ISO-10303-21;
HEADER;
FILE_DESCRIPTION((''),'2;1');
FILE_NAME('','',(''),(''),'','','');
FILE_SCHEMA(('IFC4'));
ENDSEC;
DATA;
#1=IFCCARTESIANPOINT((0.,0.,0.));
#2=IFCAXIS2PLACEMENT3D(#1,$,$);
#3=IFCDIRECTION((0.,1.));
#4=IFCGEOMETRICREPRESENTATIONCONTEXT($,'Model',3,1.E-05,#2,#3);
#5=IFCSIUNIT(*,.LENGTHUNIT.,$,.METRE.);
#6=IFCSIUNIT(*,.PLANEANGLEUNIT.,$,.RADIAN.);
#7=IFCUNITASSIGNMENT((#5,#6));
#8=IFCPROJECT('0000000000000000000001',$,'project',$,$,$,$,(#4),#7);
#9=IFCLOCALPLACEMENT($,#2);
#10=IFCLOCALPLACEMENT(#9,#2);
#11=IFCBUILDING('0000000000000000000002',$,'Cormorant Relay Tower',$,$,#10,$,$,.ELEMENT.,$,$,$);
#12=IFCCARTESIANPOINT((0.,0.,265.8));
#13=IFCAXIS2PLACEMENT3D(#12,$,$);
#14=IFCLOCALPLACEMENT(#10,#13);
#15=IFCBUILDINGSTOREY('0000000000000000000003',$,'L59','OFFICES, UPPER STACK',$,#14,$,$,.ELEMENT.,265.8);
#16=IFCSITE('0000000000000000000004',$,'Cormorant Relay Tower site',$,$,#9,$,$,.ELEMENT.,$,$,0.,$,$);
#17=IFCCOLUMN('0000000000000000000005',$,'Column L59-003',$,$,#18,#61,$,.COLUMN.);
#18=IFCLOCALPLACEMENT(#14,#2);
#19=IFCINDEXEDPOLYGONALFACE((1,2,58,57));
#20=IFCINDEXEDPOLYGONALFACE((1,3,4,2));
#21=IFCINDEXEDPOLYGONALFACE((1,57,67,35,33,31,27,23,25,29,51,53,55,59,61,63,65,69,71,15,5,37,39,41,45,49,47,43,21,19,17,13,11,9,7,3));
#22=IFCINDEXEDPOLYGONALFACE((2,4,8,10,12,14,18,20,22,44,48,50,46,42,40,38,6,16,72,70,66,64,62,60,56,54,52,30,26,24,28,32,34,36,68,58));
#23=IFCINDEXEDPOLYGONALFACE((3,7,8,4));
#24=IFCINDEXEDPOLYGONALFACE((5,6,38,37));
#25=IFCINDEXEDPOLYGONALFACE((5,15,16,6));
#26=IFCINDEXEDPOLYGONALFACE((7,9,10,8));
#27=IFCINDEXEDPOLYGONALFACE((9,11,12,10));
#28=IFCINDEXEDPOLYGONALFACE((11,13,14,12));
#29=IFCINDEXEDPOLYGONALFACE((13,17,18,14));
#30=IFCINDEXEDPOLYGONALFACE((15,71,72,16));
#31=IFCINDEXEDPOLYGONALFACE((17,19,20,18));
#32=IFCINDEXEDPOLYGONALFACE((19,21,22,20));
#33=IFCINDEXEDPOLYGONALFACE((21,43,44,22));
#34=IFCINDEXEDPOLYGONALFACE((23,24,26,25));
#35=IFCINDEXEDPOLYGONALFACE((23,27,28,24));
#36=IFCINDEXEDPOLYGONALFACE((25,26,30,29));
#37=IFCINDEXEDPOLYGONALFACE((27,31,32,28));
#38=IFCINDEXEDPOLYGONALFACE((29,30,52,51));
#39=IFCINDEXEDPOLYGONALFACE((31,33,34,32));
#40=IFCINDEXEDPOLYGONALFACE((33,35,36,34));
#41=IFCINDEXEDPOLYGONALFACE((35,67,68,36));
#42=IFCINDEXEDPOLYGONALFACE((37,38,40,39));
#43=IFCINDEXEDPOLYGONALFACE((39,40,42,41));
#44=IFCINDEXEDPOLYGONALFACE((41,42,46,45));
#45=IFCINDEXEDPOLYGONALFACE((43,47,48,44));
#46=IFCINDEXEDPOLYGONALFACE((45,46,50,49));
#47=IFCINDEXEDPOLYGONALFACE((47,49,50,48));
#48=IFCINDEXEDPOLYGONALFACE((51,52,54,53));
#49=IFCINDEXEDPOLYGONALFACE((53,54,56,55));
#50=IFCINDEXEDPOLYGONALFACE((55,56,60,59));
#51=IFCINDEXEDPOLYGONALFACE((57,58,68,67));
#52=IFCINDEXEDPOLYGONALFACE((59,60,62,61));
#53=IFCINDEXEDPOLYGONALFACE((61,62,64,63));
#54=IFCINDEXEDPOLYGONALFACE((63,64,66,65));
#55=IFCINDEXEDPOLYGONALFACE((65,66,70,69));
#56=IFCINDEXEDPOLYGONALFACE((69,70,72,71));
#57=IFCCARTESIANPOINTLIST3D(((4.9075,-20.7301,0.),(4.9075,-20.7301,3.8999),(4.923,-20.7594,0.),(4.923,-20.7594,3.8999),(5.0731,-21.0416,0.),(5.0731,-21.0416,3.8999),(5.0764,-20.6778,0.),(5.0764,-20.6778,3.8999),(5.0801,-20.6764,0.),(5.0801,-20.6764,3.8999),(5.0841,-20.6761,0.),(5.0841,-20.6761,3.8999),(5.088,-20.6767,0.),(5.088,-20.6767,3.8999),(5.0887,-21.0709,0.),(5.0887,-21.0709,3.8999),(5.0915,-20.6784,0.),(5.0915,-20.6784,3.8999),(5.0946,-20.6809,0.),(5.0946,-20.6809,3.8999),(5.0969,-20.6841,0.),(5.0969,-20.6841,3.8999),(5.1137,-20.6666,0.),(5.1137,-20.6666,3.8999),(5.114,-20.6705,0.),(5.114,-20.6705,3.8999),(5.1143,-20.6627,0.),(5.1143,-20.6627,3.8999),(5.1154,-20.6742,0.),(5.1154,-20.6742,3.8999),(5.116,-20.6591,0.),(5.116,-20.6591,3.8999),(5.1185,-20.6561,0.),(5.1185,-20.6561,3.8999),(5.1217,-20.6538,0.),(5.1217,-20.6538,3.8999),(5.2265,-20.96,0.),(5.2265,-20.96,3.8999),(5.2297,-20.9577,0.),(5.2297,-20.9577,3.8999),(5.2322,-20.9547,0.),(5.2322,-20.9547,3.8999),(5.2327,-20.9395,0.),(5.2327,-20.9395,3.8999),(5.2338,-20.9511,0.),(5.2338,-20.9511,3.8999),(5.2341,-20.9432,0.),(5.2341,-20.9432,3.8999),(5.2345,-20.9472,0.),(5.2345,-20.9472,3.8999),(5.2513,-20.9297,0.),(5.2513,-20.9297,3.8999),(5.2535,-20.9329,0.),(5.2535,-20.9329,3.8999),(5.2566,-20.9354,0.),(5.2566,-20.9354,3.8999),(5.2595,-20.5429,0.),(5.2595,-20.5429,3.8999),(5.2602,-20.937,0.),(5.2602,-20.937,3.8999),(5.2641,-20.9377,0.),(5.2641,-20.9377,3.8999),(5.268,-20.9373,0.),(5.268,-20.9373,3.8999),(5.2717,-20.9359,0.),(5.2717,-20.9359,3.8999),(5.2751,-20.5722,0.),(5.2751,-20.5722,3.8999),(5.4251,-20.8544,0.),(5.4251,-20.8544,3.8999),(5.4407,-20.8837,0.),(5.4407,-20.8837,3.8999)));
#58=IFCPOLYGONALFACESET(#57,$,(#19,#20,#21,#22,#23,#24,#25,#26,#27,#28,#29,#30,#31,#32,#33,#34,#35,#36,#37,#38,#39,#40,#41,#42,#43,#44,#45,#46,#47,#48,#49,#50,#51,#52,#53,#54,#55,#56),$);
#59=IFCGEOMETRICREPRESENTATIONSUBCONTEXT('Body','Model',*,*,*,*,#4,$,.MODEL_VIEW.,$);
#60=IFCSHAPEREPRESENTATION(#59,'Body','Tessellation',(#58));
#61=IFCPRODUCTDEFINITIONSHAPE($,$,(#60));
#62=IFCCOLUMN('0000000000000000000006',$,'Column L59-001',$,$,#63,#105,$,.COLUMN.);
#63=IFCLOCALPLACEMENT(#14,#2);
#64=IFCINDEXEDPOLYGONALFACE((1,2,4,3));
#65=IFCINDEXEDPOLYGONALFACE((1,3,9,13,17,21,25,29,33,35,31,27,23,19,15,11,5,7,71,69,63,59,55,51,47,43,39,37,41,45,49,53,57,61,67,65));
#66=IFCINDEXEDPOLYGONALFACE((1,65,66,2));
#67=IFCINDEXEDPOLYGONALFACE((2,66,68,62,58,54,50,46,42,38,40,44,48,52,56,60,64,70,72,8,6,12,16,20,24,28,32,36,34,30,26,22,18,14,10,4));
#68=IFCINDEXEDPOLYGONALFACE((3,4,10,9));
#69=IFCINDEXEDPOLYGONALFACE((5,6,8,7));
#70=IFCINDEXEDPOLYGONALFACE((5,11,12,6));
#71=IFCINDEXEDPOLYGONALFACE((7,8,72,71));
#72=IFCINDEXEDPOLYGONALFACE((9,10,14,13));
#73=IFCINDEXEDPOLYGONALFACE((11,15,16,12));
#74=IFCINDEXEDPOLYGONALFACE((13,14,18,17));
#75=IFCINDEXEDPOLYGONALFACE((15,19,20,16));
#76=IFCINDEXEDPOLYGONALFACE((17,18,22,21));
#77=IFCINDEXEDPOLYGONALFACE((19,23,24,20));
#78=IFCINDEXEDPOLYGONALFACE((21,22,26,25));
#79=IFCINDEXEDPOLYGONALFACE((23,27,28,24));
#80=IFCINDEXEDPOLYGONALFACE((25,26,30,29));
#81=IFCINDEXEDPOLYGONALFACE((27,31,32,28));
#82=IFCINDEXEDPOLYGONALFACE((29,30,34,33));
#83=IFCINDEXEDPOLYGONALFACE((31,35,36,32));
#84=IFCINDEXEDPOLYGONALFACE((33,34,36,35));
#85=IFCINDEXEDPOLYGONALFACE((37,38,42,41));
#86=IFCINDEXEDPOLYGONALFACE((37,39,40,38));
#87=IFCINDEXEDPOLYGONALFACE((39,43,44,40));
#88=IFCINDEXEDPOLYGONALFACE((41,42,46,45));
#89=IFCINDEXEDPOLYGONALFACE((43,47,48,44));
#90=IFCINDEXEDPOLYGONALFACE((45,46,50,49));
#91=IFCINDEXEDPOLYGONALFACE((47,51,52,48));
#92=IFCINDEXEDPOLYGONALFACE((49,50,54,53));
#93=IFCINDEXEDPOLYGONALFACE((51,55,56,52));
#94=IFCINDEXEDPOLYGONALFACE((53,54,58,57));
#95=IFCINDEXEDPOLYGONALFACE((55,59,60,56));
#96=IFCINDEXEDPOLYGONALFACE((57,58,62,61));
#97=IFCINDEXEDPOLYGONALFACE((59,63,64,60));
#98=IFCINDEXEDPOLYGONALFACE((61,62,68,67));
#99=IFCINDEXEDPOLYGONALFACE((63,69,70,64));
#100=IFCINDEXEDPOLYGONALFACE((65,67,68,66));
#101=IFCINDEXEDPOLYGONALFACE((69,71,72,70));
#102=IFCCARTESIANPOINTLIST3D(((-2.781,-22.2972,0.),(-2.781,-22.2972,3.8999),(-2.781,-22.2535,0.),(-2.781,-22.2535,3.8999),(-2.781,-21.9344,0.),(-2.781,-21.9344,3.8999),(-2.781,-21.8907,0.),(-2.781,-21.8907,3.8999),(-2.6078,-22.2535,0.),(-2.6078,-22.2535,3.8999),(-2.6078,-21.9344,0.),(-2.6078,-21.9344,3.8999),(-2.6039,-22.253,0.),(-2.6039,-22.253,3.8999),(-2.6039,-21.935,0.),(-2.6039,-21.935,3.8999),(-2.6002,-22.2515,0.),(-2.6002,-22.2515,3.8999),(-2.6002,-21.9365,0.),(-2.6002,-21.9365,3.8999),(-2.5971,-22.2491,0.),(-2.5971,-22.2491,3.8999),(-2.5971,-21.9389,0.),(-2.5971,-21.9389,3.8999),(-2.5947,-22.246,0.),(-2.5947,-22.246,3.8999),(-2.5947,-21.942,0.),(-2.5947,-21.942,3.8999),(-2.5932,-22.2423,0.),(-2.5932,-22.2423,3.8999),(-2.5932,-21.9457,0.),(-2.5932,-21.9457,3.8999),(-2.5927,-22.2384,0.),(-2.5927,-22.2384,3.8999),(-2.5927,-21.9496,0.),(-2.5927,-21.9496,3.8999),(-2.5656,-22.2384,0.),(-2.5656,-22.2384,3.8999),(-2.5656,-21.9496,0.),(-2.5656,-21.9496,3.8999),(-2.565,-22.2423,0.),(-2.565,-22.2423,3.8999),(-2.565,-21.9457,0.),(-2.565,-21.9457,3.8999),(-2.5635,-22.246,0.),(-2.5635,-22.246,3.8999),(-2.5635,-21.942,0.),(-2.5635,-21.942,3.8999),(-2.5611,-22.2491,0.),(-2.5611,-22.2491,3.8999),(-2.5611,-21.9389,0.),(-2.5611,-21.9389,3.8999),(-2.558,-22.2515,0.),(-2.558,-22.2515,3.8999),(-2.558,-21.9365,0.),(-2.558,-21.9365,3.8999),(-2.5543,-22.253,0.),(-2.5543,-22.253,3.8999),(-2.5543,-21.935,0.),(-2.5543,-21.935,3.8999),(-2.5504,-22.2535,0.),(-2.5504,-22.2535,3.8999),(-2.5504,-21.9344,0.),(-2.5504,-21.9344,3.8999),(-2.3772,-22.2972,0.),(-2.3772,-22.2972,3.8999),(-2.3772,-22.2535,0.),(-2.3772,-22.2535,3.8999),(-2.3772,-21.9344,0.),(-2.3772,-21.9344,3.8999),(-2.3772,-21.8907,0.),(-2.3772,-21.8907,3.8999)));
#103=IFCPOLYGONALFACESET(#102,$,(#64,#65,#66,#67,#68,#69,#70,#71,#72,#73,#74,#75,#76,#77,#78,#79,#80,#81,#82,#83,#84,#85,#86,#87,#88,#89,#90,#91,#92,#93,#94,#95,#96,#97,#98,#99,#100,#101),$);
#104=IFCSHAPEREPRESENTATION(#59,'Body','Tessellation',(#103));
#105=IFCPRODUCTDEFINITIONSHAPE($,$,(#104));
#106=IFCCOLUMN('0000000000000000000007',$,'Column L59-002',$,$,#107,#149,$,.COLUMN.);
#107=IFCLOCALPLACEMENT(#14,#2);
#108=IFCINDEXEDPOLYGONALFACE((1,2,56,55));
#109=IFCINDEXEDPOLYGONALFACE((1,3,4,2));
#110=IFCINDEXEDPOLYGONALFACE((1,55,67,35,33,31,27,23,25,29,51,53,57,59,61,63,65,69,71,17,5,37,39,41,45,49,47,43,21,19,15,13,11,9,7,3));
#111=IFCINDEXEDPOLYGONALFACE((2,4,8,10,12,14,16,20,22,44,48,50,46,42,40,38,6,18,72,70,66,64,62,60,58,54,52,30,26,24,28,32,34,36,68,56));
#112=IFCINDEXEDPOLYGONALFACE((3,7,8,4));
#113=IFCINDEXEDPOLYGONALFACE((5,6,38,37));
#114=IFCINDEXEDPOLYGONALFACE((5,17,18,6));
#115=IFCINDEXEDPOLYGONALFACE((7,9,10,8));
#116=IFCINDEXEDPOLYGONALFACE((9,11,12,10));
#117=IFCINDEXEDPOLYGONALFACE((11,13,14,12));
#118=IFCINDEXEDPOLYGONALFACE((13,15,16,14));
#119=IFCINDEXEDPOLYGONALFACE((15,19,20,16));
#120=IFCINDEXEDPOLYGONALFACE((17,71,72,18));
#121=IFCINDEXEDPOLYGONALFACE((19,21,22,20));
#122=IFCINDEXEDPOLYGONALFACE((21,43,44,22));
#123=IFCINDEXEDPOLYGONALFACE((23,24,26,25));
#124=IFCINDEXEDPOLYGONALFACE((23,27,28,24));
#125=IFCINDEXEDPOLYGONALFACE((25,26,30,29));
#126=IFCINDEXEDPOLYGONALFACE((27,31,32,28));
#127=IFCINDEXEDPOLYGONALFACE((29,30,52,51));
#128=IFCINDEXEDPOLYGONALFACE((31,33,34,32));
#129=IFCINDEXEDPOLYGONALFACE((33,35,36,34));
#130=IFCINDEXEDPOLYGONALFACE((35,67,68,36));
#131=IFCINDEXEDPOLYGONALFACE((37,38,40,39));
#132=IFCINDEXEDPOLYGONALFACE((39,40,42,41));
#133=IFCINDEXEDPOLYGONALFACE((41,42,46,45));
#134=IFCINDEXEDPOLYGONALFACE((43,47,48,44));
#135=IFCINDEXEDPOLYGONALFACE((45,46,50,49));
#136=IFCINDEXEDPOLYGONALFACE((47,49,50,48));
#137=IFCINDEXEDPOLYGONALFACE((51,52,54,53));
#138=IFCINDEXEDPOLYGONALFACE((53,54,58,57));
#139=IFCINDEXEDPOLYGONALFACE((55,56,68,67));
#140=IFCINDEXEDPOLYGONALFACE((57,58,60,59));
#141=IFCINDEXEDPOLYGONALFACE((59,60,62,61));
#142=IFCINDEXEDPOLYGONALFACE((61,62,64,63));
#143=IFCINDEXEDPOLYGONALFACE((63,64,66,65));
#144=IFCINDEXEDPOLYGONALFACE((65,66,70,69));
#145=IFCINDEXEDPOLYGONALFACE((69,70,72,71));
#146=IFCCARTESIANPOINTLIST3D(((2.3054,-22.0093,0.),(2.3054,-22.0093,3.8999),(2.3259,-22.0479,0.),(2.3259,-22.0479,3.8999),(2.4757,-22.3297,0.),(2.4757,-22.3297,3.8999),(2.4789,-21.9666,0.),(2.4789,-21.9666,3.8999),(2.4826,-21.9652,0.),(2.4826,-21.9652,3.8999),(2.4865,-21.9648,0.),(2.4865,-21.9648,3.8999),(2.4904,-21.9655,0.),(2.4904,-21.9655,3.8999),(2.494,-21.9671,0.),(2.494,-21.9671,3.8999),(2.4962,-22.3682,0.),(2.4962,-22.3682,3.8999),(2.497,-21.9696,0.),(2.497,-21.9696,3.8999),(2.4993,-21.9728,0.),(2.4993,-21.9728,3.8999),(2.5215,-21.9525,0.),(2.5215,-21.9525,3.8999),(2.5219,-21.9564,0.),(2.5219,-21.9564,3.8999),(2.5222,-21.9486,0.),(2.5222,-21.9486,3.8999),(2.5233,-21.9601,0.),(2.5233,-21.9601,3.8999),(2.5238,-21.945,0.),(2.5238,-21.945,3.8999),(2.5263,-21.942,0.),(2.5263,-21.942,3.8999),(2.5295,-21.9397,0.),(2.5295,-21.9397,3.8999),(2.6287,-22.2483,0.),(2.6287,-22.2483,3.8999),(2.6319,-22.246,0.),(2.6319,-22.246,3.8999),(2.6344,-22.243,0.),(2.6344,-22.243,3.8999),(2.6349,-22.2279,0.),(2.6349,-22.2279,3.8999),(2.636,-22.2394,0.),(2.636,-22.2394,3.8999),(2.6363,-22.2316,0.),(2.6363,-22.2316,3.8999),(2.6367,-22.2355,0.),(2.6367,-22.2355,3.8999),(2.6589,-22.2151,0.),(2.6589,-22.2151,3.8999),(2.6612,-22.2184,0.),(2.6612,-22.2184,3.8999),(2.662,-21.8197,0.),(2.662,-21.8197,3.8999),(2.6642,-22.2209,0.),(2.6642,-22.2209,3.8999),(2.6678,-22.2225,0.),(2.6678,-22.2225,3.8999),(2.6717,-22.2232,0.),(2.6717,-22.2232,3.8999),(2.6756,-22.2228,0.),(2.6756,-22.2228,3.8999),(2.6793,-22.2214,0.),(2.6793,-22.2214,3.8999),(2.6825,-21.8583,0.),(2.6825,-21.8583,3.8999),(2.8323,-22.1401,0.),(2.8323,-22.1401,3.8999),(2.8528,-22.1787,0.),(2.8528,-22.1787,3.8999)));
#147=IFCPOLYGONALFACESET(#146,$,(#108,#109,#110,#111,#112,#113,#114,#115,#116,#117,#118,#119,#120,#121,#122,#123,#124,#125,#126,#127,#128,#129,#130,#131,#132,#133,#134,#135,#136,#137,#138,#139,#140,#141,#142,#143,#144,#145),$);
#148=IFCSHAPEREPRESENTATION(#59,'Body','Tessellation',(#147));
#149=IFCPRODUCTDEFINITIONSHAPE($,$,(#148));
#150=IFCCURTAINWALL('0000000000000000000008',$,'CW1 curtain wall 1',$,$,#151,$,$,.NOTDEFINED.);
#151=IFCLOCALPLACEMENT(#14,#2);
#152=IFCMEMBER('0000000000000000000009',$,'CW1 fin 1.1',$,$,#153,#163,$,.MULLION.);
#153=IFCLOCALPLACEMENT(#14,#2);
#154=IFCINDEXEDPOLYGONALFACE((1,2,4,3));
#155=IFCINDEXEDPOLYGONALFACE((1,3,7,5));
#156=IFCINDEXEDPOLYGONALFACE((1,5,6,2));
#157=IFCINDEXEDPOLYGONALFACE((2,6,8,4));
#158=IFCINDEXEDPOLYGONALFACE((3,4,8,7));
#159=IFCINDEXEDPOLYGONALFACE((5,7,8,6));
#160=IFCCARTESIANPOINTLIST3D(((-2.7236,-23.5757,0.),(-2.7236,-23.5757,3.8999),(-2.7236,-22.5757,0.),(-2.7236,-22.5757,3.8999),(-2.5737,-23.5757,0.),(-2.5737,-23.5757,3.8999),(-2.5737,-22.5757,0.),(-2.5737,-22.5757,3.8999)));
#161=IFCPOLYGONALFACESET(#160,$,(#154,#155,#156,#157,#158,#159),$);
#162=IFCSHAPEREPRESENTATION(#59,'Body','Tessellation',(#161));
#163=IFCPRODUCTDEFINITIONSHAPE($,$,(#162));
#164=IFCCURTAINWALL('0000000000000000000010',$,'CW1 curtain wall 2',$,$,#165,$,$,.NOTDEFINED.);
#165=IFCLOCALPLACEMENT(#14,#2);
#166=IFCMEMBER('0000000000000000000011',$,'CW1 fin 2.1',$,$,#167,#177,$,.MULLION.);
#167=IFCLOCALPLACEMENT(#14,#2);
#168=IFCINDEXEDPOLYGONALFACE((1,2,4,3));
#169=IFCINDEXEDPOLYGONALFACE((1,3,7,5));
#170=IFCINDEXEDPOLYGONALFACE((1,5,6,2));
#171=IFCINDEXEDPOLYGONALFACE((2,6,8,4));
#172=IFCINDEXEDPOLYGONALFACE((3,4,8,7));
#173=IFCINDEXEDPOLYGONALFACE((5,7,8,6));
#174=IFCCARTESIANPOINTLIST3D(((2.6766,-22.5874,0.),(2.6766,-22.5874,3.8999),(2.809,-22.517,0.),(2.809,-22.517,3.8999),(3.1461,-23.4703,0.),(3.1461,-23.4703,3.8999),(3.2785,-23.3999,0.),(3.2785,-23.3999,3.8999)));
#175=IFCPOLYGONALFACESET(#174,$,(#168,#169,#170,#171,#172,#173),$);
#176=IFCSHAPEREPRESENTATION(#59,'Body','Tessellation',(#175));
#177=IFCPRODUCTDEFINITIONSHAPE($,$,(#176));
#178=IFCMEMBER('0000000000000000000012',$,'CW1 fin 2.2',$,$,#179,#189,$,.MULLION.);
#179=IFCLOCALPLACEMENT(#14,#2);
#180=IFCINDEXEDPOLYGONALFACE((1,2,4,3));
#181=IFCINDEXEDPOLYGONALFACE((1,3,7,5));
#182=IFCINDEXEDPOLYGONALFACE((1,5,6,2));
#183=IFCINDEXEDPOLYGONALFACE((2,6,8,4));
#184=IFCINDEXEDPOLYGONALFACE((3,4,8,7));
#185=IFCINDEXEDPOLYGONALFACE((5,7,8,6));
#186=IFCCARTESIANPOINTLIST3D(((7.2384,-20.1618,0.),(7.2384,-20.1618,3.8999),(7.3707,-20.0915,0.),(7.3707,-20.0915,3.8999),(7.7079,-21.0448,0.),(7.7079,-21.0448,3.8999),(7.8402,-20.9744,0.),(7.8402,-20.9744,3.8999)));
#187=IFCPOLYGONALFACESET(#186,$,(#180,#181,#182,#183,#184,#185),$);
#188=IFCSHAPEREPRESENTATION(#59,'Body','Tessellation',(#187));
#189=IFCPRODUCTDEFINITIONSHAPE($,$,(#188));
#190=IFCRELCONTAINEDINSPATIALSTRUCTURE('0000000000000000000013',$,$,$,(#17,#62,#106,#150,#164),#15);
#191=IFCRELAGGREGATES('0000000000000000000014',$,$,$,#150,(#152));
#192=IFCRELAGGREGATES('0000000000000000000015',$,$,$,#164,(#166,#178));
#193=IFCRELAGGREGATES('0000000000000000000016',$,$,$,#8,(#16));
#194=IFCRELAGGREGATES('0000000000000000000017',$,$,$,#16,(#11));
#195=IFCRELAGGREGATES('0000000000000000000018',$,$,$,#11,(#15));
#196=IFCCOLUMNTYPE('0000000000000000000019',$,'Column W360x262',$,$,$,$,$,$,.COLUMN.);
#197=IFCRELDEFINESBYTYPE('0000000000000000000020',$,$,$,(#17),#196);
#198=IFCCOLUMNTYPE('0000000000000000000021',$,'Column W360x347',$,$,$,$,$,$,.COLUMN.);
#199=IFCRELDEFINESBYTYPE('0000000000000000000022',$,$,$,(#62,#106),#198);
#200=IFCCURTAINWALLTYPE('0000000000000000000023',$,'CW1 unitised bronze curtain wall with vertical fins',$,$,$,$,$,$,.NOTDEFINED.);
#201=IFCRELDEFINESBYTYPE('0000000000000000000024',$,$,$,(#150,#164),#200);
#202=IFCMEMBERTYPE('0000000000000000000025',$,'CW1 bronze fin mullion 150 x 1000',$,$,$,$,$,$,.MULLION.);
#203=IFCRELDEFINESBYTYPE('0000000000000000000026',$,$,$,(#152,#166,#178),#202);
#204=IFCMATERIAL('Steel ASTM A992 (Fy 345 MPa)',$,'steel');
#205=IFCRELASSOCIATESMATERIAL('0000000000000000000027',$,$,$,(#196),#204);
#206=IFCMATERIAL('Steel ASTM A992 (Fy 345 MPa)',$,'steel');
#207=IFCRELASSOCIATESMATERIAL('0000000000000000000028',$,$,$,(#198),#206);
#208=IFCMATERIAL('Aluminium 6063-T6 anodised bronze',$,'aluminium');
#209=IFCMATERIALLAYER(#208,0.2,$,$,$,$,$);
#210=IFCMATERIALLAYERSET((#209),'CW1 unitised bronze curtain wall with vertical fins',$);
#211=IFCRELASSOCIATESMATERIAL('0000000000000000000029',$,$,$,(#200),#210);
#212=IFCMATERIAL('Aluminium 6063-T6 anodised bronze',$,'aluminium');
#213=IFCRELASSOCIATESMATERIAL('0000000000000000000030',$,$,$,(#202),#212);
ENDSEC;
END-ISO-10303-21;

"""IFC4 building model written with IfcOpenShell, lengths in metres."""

from ifc_helpers import new_model, si_unit, direction, frame, origin, origin_2d, place, context, subcontext, project, spatial, rectangle, i_section, extrude, material, layer, layer_set, material_profile, profile_set, type_object, element, aggregate, save


model = new_model("IFC4")

# Units and contexts
model_context = context("Model", 3, precision=1e-05, world=origin(), true_north=direction((0.0, 1.0)))
body_context = subcontext(model_context, "Body", "Model", "MODEL_VIEW")
ifc_project = project(units=[si_unit("LENGTHUNIT", "METRE"), si_unit("PLANEANGLEUNIT", "RADIAN")], contexts=[model_context])

# Site, building, storey
site_placement = place(None, origin())
site = spatial("IfcSite", under=ifc_project, at=site_placement, Name="Cormorant Relay Tower site", CompositionType="ELEMENT", RefElevation=0.0)
building_placement = place(site_placement, origin())
building = spatial("IfcBuilding", under=site, at=building_placement, Name="Cormorant Relay Tower", CompositionType="ELEMENT")
storey_placement = place(building_placement, frame((0.0, 0.0, 265.8)))
storey = spatial("IfcBuildingStorey", under=building, at=storey_placement, Name="L59", Description="OFFICES, UPPER STACK", CompositionType="ELEMENT", Elevation=265.8)

# Columns
ifc_material_1 = material(Name="Steel ASTM A992 (Fy 345 MPa)", Category="steel")
ifc_material_profile_1 = material_profile(ifc_material_1, i_section(OverallWidth=0.3987, OverallDepth=0.386, WebThickness=0.021, FlangeThickness=0.0332, FilletRadius=0.0151, at=origin_2d()), Name="W360x262")
ifc_profile_set_1 = profile_set([ifc_material_profile_1], Name="Steel ASTM A992 (Fy 345 MPa)")
column_type_1 = type_object("IfcColumnType", Name="Column W360x262", PredefinedType="COLUMN", material=ifc_profile_set_1)
column_placement = place(storey_placement, frame((5.1741, -20.8069, 0.0), z_axis=(0.0, 0.0, 1.0), x_axis=(0.882948, 0.469472, 0.0)))
element("IfcColumn", 1, at=column_placement, inside=storey, type_object=column_type_1, Name="Column L59-003", PredefinedType="COLUMN", context=body_context, shape_type="SweptSolid", body=[
    extrude(i_section(OverallWidth=0.3987, OverallDepth=0.386, WebThickness=0.021, FlangeThickness=0.0332, FilletRadius=0.0151, at=origin_2d()), origin(), (0.0, 0.0, 1.0), 3.8999),
])
ifc_material_2 = material(Name="Steel ASTM A992 (Fy 345 MPa)", Category="steel")
ifc_material_profile_2 = material_profile(ifc_material_2, i_section(OverallWidth=0.4038, OverallDepth=0.4065, WebThickness=0.0271, FlangeThickness=0.0437, FilletRadius=0.0151, at=origin_2d()), Name="W360x347")
ifc_profile_set_2 = profile_set([ifc_material_profile_2], Name="Steel ASTM A992 (Fy 345 MPa)")
column_type_2 = type_object("IfcColumnType", Name="Column W360x347", PredefinedType="COLUMN", material=ifc_profile_set_2)
for number, where, z_axis, x_axis, name in (
    (2, (-2.5791, -22.094, 0.0), (0.0, 0.0, 1.0), (1.0, 0.0, 0.0), "Column L59-001"),
    (3, (2.5791, -22.094, 0.0), (0.0, 0.0, 1.0), (0.882948, 0.469472, 0.0), "Column L59-002"),
):
    element("IfcColumn", number, at=place(storey_placement, frame(where, z_axis=z_axis, x_axis=x_axis)), inside=storey, type_object=column_type_2, Name=name, PredefinedType="COLUMN", context=body_context, shape_type="SweptSolid", body=[
        extrude(i_section(OverallWidth=0.4038, OverallDepth=0.4065, WebThickness=0.0271, FlangeThickness=0.0437, FilletRadius=0.0151, at=origin_2d()), origin(), (0.0, 0.0, 1.0), 3.8999),
    ])

# Curtain wall, member
ifc_material_3 = material(Name="Aluminium 6063-T6 anodised bronze", Category="aluminium")
ifc_layer_1 = layer(ifc_material_3, 0.2)
ifc_layer_set_1 = layer_set([ifc_layer_1], Name="CW1 unitised bronze curtain wall with vertical fins")
curtain_wall_type = type_object("IfcCurtainWallType", Name="CW1 unitised bronze curtain wall with vertical fins", PredefinedType="NOTDEFINED", material=ifc_layer_set_1)
curtain_wall_1_placement = place(storey_placement, origin())
curtain_wall_1 = element("IfcCurtainWall", 4, at=curtain_wall_1_placement, inside=storey, type_object=curtain_wall_type, Name="CW1 curtain wall 1", PredefinedType="NOTDEFINED")
ifc_material_4 = material(Name="Aluminium 6063-T6 anodised bronze", Category="aluminium")
ifc_material_profile_3 = material_profile(ifc_material_4, rectangle(XDim=0.1499, YDim=1.0, at=origin_2d()), Name="AL 150x1000")
ifc_profile_set_3 = profile_set([ifc_material_profile_3], Name="Aluminium 6063-T6 anodised bronze")
member_type_1 = type_object("IfcMemberType", Name="CW1 bronze fin mullion 150 x 1000", PredefinedType="MULLION", material=ifc_profile_set_3)
member_1_placement = place(storey_placement, frame((-2.6487, -23.0757, 0.0), z_axis=(0.0, 0.0, 1.0), x_axis=(1.0, 0.0, 0.0)))
member_1 = element("IfcMember", 5, at=member_1_placement, type_object=member_type_1, Name="CW1 fin 1.1", PredefinedType="MULLION", context=body_context, shape_type="SweptSolid", body=[
    extrude(rectangle(XDim=0.1499, YDim=1.0, at=origin_2d()), origin(), (0.0, 0.0, 1.0), 3.8999),
])

# Curtain wall, members
curtain_wall_2_placement = place(storey_placement, origin())
curtain_wall_2 = element("IfcCurtainWall", 6, at=curtain_wall_2_placement, inside=storey, type_object=curtain_wall_type, Name="CW1 curtain wall 2", PredefinedType="NOTDEFINED")
member_2_placement = place(storey_placement, frame((2.9775, -22.9937, 0.0), z_axis=(0.0, 0.0, 1.0), x_axis=(0.882948, 0.469472, 0.0)))
member_2 = element("IfcMember", 7, at=member_2_placement, type_object=member_type_1, Name="CW1 fin 2.1", PredefinedType="MULLION", context=body_context, shape_type="SweptSolid", body=[
    extrude(rectangle(XDim=0.1499, YDim=1.0, at=origin_2d()), origin(), (0.0, 0.0, 1.0), 3.8999),
])
member_3_placement = place(storey_placement, frame((7.5393, -20.5681, 0.0), z_axis=(0.0, 0.0, 1.0), x_axis=(0.882948, 0.469472, 0.0)))
member_3 = element("IfcMember", 8, at=member_3_placement, type_object=member_type_1, Name="CW1 fin 2.2", PredefinedType="MULLION", context=body_context, shape_type="SweptSolid", body=[
    extrude(rectangle(XDim=0.1499, YDim=1.0, at=origin_2d()), origin(), (0.0, 0.0, 1.0), 3.8999),
])

aggregate(curtain_wall_1, [member_1])
aggregate(curtain_wall_2, [member_2, member_3])

save(model, "model.ifc")
